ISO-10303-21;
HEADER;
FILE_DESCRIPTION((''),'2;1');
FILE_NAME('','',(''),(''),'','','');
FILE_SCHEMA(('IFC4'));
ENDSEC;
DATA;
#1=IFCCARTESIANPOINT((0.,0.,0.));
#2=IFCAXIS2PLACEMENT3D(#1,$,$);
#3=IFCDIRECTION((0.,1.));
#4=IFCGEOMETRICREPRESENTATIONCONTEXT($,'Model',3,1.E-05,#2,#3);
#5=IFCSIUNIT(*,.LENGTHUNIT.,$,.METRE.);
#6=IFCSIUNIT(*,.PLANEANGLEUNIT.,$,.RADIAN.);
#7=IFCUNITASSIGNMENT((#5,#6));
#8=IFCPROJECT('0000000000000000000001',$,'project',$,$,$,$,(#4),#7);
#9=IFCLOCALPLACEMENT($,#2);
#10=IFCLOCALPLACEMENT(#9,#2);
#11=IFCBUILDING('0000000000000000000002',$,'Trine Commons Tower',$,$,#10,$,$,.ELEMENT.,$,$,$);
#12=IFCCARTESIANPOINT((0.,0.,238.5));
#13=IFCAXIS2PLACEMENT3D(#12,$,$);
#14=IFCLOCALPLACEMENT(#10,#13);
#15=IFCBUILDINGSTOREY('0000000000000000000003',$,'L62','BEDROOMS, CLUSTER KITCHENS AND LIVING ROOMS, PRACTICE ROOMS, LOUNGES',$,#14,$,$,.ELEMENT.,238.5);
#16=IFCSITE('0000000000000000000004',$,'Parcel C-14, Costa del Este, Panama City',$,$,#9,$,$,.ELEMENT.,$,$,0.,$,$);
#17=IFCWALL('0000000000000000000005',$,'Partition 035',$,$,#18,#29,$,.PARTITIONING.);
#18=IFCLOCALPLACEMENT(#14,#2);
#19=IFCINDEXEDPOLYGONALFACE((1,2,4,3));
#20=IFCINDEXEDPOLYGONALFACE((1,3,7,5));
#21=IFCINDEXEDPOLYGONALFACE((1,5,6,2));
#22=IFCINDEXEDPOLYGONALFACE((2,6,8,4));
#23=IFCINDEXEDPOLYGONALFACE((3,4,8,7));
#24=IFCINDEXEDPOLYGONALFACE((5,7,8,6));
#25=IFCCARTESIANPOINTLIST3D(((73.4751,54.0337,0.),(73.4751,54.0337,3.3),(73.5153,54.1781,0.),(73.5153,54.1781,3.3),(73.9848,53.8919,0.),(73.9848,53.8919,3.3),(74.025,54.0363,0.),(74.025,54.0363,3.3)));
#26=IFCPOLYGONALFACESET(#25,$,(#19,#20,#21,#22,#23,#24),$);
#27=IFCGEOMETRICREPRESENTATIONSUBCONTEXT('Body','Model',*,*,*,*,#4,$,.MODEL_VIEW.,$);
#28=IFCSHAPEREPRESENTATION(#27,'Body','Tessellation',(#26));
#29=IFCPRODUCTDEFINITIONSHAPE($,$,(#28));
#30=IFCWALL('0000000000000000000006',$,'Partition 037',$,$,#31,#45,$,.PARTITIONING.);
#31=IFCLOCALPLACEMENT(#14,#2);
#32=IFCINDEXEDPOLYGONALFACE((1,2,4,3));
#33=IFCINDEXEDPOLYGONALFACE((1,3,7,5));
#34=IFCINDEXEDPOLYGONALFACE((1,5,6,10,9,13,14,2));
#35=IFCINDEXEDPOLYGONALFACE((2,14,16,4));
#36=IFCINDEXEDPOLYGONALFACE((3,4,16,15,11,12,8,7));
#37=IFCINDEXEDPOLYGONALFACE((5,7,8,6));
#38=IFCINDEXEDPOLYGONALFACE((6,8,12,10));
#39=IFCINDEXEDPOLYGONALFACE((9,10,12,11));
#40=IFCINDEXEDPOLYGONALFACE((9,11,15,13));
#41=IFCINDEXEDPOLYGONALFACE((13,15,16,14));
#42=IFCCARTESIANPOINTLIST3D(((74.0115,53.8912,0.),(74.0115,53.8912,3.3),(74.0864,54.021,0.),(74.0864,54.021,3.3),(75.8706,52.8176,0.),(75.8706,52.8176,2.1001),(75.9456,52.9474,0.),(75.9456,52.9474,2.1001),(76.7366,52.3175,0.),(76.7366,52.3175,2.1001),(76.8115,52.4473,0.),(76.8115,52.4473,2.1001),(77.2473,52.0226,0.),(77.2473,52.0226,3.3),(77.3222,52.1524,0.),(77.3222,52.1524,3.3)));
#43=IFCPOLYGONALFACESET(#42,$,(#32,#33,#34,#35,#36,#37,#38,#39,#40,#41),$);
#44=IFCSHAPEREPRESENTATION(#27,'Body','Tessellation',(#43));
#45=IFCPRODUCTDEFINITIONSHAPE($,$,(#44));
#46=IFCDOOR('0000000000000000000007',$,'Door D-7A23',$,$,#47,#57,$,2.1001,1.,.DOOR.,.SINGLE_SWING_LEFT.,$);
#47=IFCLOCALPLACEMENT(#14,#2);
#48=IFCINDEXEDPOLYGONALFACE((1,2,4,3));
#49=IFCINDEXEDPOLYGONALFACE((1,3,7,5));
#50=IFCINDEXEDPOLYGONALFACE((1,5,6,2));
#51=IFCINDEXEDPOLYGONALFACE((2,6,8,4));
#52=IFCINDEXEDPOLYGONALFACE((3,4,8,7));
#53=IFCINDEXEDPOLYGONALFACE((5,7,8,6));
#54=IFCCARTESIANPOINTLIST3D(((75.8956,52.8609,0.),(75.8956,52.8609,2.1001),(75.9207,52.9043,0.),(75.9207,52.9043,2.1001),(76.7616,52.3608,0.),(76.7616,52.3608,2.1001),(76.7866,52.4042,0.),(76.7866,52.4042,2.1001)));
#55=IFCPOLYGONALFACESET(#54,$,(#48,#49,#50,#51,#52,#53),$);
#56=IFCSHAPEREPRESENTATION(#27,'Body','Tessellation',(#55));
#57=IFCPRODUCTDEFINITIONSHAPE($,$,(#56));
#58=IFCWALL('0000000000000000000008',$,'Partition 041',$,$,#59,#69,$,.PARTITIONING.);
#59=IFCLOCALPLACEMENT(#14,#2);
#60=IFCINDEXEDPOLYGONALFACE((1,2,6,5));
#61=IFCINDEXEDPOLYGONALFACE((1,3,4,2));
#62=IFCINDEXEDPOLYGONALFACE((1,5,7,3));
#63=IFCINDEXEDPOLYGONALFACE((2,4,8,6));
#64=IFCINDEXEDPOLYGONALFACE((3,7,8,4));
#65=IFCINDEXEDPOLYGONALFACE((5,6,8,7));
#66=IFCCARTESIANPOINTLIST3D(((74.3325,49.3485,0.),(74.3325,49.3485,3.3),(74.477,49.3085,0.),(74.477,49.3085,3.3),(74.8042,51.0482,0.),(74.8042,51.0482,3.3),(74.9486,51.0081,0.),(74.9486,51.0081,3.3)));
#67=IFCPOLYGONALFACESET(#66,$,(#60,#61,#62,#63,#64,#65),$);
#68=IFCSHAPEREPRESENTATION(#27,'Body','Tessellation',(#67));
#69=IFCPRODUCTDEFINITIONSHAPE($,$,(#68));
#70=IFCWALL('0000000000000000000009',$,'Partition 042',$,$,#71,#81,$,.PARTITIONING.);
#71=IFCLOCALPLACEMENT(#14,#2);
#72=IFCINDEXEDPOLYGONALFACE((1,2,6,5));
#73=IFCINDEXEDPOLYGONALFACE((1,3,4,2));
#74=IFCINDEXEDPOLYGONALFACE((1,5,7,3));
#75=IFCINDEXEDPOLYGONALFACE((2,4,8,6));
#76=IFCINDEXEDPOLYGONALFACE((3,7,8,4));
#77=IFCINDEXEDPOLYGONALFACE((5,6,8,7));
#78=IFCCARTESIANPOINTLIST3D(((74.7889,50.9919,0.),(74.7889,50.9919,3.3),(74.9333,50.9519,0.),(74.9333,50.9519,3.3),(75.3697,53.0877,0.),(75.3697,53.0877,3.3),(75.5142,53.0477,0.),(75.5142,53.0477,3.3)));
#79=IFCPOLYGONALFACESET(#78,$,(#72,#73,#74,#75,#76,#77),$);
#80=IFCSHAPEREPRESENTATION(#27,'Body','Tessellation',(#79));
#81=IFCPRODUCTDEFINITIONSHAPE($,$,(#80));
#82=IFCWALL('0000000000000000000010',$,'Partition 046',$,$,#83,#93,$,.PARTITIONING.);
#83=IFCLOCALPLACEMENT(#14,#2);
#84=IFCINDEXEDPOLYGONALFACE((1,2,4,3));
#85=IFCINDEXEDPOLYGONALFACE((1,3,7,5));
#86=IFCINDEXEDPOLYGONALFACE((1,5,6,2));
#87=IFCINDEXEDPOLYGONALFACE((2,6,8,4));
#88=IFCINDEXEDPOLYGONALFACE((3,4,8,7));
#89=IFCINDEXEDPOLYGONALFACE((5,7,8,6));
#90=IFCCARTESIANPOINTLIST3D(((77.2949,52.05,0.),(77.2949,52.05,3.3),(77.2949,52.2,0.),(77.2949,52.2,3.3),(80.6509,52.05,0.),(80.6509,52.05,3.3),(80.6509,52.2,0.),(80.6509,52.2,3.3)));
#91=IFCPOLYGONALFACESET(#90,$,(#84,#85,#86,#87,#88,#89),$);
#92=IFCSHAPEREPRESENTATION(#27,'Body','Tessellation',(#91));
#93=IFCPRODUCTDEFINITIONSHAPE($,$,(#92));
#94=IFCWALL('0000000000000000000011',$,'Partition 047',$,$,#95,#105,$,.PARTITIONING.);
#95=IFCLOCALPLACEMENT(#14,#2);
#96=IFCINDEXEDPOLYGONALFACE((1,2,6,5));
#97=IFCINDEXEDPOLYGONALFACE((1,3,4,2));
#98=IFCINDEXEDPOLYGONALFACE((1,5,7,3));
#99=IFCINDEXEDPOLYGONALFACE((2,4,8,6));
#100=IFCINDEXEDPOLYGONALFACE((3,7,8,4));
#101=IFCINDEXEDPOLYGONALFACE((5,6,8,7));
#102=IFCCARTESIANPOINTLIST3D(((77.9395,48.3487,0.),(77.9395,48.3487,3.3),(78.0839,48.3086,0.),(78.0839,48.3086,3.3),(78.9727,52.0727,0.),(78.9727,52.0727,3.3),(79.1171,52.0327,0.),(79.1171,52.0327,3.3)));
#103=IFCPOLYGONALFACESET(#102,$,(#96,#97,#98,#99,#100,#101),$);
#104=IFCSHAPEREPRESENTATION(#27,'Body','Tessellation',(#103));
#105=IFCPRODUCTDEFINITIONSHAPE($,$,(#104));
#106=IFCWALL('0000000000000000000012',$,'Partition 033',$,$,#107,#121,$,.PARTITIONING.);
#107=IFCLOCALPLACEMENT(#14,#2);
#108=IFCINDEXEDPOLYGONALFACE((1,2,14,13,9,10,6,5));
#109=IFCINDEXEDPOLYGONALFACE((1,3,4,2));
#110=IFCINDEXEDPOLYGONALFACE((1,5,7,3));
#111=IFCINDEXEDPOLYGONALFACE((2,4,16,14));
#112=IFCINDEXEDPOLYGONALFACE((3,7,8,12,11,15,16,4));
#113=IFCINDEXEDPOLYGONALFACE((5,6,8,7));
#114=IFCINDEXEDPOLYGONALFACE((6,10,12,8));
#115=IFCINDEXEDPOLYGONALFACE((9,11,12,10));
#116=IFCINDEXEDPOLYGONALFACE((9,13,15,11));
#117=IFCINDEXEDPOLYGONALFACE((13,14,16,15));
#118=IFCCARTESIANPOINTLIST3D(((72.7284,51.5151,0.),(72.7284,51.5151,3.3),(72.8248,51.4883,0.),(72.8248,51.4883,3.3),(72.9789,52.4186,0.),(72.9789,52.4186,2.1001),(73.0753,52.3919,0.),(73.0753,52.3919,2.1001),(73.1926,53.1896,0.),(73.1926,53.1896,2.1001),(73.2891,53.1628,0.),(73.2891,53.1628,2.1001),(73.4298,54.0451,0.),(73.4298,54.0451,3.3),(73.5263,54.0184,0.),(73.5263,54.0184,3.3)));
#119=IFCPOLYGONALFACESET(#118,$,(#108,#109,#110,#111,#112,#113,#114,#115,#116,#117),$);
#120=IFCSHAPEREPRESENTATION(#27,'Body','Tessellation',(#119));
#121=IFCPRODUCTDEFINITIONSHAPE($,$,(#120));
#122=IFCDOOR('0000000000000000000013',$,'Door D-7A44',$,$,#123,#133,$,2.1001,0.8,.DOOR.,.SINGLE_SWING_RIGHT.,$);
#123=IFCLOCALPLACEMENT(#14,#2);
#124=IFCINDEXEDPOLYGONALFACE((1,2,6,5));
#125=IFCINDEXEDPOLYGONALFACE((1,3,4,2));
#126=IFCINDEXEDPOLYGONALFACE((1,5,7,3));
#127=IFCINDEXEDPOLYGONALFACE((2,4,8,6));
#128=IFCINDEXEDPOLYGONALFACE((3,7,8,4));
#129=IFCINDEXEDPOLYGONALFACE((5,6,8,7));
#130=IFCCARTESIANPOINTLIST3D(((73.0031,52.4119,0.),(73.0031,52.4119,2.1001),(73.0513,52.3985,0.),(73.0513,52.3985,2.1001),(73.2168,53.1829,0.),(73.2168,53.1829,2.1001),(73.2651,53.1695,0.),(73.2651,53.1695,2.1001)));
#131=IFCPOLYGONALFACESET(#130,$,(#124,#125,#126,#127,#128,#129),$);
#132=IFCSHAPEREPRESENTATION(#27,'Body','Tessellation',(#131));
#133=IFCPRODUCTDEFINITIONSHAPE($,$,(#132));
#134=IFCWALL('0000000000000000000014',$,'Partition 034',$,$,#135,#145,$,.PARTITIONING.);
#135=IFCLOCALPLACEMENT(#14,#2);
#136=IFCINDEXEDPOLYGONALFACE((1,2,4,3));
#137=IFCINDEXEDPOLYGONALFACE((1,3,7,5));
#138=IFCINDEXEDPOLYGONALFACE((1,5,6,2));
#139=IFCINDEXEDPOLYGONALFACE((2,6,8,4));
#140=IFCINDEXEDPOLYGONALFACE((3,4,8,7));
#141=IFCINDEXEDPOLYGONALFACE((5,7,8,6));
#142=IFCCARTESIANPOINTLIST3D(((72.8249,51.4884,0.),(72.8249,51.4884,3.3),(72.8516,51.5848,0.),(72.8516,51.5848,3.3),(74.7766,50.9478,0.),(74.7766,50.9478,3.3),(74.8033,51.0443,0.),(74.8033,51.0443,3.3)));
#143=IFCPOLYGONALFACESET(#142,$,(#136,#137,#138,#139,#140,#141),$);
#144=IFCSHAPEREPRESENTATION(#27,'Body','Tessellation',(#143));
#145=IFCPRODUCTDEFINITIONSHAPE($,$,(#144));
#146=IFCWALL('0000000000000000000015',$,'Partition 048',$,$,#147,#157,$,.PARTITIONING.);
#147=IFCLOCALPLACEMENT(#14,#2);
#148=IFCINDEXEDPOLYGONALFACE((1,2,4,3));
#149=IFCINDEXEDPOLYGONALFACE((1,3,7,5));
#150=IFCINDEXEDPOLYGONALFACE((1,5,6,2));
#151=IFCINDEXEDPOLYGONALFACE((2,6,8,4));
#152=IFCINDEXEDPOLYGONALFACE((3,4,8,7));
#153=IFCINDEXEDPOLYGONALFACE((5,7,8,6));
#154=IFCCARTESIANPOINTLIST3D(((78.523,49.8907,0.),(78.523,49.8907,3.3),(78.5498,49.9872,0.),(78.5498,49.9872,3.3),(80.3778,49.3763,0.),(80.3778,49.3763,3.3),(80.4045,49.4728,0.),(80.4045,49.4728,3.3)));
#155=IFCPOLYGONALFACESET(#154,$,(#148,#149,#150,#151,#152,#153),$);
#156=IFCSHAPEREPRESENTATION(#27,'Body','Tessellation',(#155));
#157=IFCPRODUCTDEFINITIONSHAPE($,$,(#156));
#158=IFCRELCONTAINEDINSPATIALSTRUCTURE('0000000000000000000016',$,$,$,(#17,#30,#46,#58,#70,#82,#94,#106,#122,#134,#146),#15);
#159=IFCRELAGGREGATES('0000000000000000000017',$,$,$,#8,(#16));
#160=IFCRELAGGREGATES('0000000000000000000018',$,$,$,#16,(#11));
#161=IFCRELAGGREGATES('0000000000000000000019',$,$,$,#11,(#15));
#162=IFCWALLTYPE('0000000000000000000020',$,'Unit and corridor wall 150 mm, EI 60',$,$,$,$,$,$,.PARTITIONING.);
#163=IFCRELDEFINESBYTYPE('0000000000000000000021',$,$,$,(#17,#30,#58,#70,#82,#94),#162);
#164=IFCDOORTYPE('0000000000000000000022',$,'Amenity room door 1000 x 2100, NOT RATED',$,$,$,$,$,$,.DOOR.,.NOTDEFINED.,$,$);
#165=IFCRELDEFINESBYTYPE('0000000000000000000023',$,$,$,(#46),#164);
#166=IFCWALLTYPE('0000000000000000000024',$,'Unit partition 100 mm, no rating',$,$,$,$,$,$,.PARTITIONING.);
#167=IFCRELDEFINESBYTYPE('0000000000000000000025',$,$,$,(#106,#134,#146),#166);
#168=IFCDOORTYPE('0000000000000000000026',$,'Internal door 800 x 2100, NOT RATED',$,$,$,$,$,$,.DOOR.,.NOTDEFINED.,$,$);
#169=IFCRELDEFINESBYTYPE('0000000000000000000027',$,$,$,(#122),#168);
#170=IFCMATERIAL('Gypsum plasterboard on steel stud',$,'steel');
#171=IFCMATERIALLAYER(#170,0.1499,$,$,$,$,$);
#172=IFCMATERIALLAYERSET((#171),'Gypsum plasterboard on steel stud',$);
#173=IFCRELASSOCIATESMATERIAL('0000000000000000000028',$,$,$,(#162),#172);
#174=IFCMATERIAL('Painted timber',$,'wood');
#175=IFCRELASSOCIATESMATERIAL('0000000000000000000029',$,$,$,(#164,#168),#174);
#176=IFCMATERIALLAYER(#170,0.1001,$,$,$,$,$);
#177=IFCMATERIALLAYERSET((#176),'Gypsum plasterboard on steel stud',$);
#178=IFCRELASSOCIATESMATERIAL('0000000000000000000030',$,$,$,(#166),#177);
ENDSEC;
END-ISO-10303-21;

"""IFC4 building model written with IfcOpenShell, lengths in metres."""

from ifc_helpers import new_model, si_unit, direction, frame, frame_2d, origin, place, context, subcontext, project, spatial, rectangle, extrude, material, layer, layer_set, type_object, element, fill, save


model = new_model("IFC4")

# Units and contexts
model_context = context("Model", 3, precision=1e-05, world=origin(), true_north=direction((0.0, 1.0)))
body_context = subcontext(model_context, "Body", "Model", "MODEL_VIEW")
ifc_project = project(units=[si_unit("LENGTHUNIT", "METRE"), si_unit("PLANEANGLEUNIT", "RADIAN")], contexts=[model_context])

# Site, building, storey
site_placement = place(None, origin())
site = spatial("IfcSite", under=ifc_project, at=site_placement, Name="Parcel C-14, Costa del Este, Panama City", CompositionType="ELEMENT", RefElevation=0.0)
building_placement = place(site_placement, origin())
building = spatial("IfcBuilding", under=site, at=building_placement, Name="Trine Commons Tower", CompositionType="ELEMENT")
storey_placement = place(building_placement, frame((0.0, 0.0, 238.5)))
storey = spatial("IfcBuildingStorey", under=building, at=storey_placement, Name="L62", Description="BEDROOMS, CLUSTER KITCHENS AND LIVING ROOMS, PRACTICE ROOMS, LOUNGES", CompositionType="ELEMENT", Elevation=238.5)

# Wall
ifc_material_1 = material(Name="Gypsum plasterboard on steel stud", Category="steel")
ifc_layer_1 = layer(ifc_material_1, 0.1499)
ifc_layer_set_1 = layer_set([ifc_layer_1], Name="Gypsum plasterboard on steel stud")
wall_type_1 = type_object("IfcWallType", Name="Unit and corridor wall 150 mm, EI 60", PredefinedType="PARTITIONING", material=ifc_layer_set_1)
wall_1_placement = place(storey_placement, frame((73.4951, 54.106, 0.0), z_axis=(0.0, 0.0, 1.0), x_axis=(0.963399, -0.268072, 0.0)))
element("IfcWall", 1, at=wall_1_placement, inside=storey, type_object=wall_type_1, Name="Partition 035", PredefinedType="PARTITIONING", context=body_context, shape_type="SweptSolid", body=[
    extrude(rectangle(XDim=0.5291, YDim=0.1499, at=frame_2d((0.2646, 0.0))), origin(), (0.0, 0.0, 1.0), 3.3),
])

# Wall, opening, door
wall_2_placement = place(storey_placement, frame((74.0491, 53.9561, 0.0), z_axis=(0.0, 0.0, 1.0), x_axis=(0.865974, -0.500088, 0.0)))
wall_2 = element("IfcWall", 2, at=wall_2_placement, inside=storey, type_object=wall_type_1, Name="Partition 037", PredefinedType="PARTITIONING", context=body_context, shape_type="SweptSolid", body=[
    extrude(rectangle(XDim=3.7366, YDim=0.1499, at=frame_2d((1.8682, 0.0))), origin(), (0.0, 0.0, 1.0), 3.3),
])
opening_1_placement = place(wall_2_placement, frame((2.1467, 0.0, 0.0)))
opening_1 = element("IfcOpeningElement", 3, at=opening_1_placement, cuts=wall_2, PredefinedType="OPENING", context=body_context, shape_type="SweptSolid", body=[
    extrude(rectangle(XDim=1.0, YDim=2.1001, at=frame_2d((0.5, 1.05))), frame((0.0, 0.085, 0.0), z_axis=(0.0, -1.0, 0.0), x_axis=(1.0, 0.0, 0.0)), (0.0, 0.0, 1.0), 0.1699),
])
ifc_material_2 = material(Name="Painted timber", Category="wood")
door_type_1 = type_object("IfcDoorType", Name="Amenity room door 1000 x 2100, NOT RATED", OperationType="NOTDEFINED", PredefinedType="DOOR", material=ifc_material_2)
door_1_placement = place(opening_1_placement, frame((1.0, 0.0, 0.0), z_axis=(0.0, 0.0, 1.0), x_axis=(-1.0, 0.0, 0.0)))
door_1 = element("IfcDoor", 4, at=door_1_placement, inside=storey, type_object=door_type_1, Name="Door D-7A23", OperationType="SINGLE_SWING_LEFT", OverallHeight=2.1001, OverallWidth=1.0, PredefinedType="DOOR", context=body_context, shape_type="SweptSolid", body=[
    extrude(rectangle(XDim=1.0, YDim=2.1001, at=frame_2d((0.5, 1.05))), frame((0.0, 0.0249, 0.0), z_axis=(0.0, -1.0, 0.0), x_axis=(1.0, 0.0, 0.0)), (0.0, 0.0, 1.0), 0.05),
])
fill(opening_1, door_1)

# Walls
wall_3_placement = place(storey_placement, frame((74.4048, 49.3286, 0.0), z_axis=(0.0, 0.0, 1.0), x_axis=(0.267401, 0.963585, 0.0)))
element("IfcWall", 5, at=wall_3_placement, inside=storey, type_object=wall_type_1, Name="Partition 041", PredefinedType="PARTITIONING", context=body_context, shape_type="SweptSolid", body=[
    extrude(rectangle(XDim=1.7639, YDim=0.1499, at=frame_2d((0.8818, 0.0))), origin(), (0.0, 0.0, 1.0), 3.3),
])
wall_4_placement = place(storey_placement, frame((74.8611, 50.9719, 0.0), z_axis=(0.0, 0.0, 1.0), x_axis=(0.267076, 0.963675, 0.0)))
element("IfcWall", 6, at=wall_4_placement, inside=storey, type_object=wall_type_1, Name="Partition 042", PredefinedType="PARTITIONING", context=body_context, shape_type="SweptSolid", body=[
    extrude(rectangle(XDim=2.1748, YDim=0.1499, at=frame_2d((1.0874, 0.0))), origin(), (0.0, 0.0, 1.0), 3.3),
])
wall_5_placement = place(storey_placement, frame((77.2949, 52.125, 0.0), z_axis=(0.0, 0.0, 1.0), x_axis=(1.0, 0.0, 0.0)))
element("IfcWall", 7, at=wall_5_placement, inside=storey, type_object=wall_type_1, Name="Partition 046", PredefinedType="PARTITIONING", context=body_context, shape_type="SweptSolid", body=[
    extrude(rectangle(XDim=3.356, YDim=0.1499, at=frame_2d((1.678, 0.0))), origin(), (0.0, 0.0, 1.0), 3.3),
])
wall_6_placement = place(storey_placement, frame((78.0117, 48.3286, 0.0), z_axis=(0.0, 0.0, 1.0), x_axis=(0.267338, 0.963603, 0.0)))
element("IfcWall", 8, at=wall_6_placement, inside=storey, type_object=wall_type_1, Name="Partition 047", PredefinedType="PARTITIONING", context=body_context, shape_type="SweptSolid", body=[
    extrude(rectangle(XDim=3.8647, YDim=0.1499, at=frame_2d((1.9324, 0.0))), origin(), (0.0, 0.0, 1.0), 3.3),
])

# Wall, opening, door
ifc_layer_2 = layer(ifc_material_1, 0.1001)
ifc_layer_set_2 = layer_set([ifc_layer_2], Name="Gypsum plasterboard on steel stud")
wall_type_2 = type_object("IfcWallType", Name="Unit partition 100 mm, no rating", PredefinedType="PARTITIONING", material=ifc_layer_set_2)
wall_7_placement = place(storey_placement, frame((72.7766, 51.5017, 0.0), z_axis=(0.0, 0.0, 1.0), x_axis=(0.267159, 0.963652, 0.0)))
wall_7 = element("IfcWall", 9, at=wall_7_placement, inside=storey, type_object=wall_type_2, Name="Partition 033", PredefinedType="PARTITIONING", context=body_context, shape_type="SweptSolid", body=[
    extrude(rectangle(XDim=2.6255, YDim=0.1001, at=frame_2d((1.3127, 0.0))), origin(), (0.0, 0.0, 1.0), 3.3),
])
opening_2_placement = place(wall_7_placement, frame((0.9377, 0.0, 0.0)))
opening_2 = element("IfcOpeningElement", 10, at=opening_2_placement, cuts=wall_7, PredefinedType="OPENING", context=body_context, shape_type="SweptSolid", body=[
    extrude(rectangle(XDim=0.8, YDim=2.1001, at=frame_2d((0.3999, 1.05))), frame((0.0, 0.0601, 0.0), z_axis=(0.0, -1.0, 0.0), x_axis=(1.0, 0.0, 0.0)), (0.0, 0.0, 1.0), 0.1201),
])
door_type_2 = type_object("IfcDoorType", Name="Internal door 800 x 2100, NOT RATED", OperationType="NOTDEFINED", PredefinedType="DOOR", material=ifc_material_2)
door_2_placement = place(opening_2_placement, origin())
door_2 = element("IfcDoor", 11, at=door_2_placement, inside=storey, type_object=door_type_2, Name="Door D-7A44", OperationType="SINGLE_SWING_RIGHT", OverallHeight=2.1001, OverallWidth=0.8, PredefinedType="DOOR", context=body_context, shape_type="SweptSolid", body=[
    extrude(rectangle(XDim=0.8, YDim=2.1001, at=frame_2d((0.3999, 1.05))), frame((0.0, 0.0249, 0.0), z_axis=(0.0, -1.0, 0.0), x_axis=(1.0, 0.0, 0.0)), (0.0, 0.0, 1.0), 0.05),
])
fill(opening_2, door_2)

# Walls
wall_8_placement = place(storey_placement, frame((72.8381, 51.5366, 0.0), z_axis=(0.0, 0.0, 1.0), x_axis=(0.963721, -0.26691, 0.0)))
element("IfcWall", 12, at=wall_8_placement, inside=storey, type_object=wall_type_2, Name="Partition 034", PredefinedType="PARTITIONING", context=body_context, shape_type="SweptSolid", body=[
    extrude(rectangle(XDim=2.0251, YDim=0.1001, at=frame_2d((1.0127, 0.0))), origin(), (0.0, 0.0, 1.0), 3.3),
])
wall_9_placement = place(storey_placement, frame((78.5364, 49.939, 0.0), z_axis=(0.0, 0.0, 1.0), x_axis=(0.963625, -0.267258, 0.0)))
element("IfcWall", 13, at=wall_9_placement, inside=storey, type_object=wall_type_2, Name="Partition 048", PredefinedType="PARTITIONING", context=body_context, shape_type="SweptSolid", body=[
    extrude(rectangle(XDim=1.9248, YDim=0.1001, at=frame_2d((0.9624, 0.0))), origin(), (0.0, 0.0, 1.0), 3.3),
])

save(model, "model.ifc")
